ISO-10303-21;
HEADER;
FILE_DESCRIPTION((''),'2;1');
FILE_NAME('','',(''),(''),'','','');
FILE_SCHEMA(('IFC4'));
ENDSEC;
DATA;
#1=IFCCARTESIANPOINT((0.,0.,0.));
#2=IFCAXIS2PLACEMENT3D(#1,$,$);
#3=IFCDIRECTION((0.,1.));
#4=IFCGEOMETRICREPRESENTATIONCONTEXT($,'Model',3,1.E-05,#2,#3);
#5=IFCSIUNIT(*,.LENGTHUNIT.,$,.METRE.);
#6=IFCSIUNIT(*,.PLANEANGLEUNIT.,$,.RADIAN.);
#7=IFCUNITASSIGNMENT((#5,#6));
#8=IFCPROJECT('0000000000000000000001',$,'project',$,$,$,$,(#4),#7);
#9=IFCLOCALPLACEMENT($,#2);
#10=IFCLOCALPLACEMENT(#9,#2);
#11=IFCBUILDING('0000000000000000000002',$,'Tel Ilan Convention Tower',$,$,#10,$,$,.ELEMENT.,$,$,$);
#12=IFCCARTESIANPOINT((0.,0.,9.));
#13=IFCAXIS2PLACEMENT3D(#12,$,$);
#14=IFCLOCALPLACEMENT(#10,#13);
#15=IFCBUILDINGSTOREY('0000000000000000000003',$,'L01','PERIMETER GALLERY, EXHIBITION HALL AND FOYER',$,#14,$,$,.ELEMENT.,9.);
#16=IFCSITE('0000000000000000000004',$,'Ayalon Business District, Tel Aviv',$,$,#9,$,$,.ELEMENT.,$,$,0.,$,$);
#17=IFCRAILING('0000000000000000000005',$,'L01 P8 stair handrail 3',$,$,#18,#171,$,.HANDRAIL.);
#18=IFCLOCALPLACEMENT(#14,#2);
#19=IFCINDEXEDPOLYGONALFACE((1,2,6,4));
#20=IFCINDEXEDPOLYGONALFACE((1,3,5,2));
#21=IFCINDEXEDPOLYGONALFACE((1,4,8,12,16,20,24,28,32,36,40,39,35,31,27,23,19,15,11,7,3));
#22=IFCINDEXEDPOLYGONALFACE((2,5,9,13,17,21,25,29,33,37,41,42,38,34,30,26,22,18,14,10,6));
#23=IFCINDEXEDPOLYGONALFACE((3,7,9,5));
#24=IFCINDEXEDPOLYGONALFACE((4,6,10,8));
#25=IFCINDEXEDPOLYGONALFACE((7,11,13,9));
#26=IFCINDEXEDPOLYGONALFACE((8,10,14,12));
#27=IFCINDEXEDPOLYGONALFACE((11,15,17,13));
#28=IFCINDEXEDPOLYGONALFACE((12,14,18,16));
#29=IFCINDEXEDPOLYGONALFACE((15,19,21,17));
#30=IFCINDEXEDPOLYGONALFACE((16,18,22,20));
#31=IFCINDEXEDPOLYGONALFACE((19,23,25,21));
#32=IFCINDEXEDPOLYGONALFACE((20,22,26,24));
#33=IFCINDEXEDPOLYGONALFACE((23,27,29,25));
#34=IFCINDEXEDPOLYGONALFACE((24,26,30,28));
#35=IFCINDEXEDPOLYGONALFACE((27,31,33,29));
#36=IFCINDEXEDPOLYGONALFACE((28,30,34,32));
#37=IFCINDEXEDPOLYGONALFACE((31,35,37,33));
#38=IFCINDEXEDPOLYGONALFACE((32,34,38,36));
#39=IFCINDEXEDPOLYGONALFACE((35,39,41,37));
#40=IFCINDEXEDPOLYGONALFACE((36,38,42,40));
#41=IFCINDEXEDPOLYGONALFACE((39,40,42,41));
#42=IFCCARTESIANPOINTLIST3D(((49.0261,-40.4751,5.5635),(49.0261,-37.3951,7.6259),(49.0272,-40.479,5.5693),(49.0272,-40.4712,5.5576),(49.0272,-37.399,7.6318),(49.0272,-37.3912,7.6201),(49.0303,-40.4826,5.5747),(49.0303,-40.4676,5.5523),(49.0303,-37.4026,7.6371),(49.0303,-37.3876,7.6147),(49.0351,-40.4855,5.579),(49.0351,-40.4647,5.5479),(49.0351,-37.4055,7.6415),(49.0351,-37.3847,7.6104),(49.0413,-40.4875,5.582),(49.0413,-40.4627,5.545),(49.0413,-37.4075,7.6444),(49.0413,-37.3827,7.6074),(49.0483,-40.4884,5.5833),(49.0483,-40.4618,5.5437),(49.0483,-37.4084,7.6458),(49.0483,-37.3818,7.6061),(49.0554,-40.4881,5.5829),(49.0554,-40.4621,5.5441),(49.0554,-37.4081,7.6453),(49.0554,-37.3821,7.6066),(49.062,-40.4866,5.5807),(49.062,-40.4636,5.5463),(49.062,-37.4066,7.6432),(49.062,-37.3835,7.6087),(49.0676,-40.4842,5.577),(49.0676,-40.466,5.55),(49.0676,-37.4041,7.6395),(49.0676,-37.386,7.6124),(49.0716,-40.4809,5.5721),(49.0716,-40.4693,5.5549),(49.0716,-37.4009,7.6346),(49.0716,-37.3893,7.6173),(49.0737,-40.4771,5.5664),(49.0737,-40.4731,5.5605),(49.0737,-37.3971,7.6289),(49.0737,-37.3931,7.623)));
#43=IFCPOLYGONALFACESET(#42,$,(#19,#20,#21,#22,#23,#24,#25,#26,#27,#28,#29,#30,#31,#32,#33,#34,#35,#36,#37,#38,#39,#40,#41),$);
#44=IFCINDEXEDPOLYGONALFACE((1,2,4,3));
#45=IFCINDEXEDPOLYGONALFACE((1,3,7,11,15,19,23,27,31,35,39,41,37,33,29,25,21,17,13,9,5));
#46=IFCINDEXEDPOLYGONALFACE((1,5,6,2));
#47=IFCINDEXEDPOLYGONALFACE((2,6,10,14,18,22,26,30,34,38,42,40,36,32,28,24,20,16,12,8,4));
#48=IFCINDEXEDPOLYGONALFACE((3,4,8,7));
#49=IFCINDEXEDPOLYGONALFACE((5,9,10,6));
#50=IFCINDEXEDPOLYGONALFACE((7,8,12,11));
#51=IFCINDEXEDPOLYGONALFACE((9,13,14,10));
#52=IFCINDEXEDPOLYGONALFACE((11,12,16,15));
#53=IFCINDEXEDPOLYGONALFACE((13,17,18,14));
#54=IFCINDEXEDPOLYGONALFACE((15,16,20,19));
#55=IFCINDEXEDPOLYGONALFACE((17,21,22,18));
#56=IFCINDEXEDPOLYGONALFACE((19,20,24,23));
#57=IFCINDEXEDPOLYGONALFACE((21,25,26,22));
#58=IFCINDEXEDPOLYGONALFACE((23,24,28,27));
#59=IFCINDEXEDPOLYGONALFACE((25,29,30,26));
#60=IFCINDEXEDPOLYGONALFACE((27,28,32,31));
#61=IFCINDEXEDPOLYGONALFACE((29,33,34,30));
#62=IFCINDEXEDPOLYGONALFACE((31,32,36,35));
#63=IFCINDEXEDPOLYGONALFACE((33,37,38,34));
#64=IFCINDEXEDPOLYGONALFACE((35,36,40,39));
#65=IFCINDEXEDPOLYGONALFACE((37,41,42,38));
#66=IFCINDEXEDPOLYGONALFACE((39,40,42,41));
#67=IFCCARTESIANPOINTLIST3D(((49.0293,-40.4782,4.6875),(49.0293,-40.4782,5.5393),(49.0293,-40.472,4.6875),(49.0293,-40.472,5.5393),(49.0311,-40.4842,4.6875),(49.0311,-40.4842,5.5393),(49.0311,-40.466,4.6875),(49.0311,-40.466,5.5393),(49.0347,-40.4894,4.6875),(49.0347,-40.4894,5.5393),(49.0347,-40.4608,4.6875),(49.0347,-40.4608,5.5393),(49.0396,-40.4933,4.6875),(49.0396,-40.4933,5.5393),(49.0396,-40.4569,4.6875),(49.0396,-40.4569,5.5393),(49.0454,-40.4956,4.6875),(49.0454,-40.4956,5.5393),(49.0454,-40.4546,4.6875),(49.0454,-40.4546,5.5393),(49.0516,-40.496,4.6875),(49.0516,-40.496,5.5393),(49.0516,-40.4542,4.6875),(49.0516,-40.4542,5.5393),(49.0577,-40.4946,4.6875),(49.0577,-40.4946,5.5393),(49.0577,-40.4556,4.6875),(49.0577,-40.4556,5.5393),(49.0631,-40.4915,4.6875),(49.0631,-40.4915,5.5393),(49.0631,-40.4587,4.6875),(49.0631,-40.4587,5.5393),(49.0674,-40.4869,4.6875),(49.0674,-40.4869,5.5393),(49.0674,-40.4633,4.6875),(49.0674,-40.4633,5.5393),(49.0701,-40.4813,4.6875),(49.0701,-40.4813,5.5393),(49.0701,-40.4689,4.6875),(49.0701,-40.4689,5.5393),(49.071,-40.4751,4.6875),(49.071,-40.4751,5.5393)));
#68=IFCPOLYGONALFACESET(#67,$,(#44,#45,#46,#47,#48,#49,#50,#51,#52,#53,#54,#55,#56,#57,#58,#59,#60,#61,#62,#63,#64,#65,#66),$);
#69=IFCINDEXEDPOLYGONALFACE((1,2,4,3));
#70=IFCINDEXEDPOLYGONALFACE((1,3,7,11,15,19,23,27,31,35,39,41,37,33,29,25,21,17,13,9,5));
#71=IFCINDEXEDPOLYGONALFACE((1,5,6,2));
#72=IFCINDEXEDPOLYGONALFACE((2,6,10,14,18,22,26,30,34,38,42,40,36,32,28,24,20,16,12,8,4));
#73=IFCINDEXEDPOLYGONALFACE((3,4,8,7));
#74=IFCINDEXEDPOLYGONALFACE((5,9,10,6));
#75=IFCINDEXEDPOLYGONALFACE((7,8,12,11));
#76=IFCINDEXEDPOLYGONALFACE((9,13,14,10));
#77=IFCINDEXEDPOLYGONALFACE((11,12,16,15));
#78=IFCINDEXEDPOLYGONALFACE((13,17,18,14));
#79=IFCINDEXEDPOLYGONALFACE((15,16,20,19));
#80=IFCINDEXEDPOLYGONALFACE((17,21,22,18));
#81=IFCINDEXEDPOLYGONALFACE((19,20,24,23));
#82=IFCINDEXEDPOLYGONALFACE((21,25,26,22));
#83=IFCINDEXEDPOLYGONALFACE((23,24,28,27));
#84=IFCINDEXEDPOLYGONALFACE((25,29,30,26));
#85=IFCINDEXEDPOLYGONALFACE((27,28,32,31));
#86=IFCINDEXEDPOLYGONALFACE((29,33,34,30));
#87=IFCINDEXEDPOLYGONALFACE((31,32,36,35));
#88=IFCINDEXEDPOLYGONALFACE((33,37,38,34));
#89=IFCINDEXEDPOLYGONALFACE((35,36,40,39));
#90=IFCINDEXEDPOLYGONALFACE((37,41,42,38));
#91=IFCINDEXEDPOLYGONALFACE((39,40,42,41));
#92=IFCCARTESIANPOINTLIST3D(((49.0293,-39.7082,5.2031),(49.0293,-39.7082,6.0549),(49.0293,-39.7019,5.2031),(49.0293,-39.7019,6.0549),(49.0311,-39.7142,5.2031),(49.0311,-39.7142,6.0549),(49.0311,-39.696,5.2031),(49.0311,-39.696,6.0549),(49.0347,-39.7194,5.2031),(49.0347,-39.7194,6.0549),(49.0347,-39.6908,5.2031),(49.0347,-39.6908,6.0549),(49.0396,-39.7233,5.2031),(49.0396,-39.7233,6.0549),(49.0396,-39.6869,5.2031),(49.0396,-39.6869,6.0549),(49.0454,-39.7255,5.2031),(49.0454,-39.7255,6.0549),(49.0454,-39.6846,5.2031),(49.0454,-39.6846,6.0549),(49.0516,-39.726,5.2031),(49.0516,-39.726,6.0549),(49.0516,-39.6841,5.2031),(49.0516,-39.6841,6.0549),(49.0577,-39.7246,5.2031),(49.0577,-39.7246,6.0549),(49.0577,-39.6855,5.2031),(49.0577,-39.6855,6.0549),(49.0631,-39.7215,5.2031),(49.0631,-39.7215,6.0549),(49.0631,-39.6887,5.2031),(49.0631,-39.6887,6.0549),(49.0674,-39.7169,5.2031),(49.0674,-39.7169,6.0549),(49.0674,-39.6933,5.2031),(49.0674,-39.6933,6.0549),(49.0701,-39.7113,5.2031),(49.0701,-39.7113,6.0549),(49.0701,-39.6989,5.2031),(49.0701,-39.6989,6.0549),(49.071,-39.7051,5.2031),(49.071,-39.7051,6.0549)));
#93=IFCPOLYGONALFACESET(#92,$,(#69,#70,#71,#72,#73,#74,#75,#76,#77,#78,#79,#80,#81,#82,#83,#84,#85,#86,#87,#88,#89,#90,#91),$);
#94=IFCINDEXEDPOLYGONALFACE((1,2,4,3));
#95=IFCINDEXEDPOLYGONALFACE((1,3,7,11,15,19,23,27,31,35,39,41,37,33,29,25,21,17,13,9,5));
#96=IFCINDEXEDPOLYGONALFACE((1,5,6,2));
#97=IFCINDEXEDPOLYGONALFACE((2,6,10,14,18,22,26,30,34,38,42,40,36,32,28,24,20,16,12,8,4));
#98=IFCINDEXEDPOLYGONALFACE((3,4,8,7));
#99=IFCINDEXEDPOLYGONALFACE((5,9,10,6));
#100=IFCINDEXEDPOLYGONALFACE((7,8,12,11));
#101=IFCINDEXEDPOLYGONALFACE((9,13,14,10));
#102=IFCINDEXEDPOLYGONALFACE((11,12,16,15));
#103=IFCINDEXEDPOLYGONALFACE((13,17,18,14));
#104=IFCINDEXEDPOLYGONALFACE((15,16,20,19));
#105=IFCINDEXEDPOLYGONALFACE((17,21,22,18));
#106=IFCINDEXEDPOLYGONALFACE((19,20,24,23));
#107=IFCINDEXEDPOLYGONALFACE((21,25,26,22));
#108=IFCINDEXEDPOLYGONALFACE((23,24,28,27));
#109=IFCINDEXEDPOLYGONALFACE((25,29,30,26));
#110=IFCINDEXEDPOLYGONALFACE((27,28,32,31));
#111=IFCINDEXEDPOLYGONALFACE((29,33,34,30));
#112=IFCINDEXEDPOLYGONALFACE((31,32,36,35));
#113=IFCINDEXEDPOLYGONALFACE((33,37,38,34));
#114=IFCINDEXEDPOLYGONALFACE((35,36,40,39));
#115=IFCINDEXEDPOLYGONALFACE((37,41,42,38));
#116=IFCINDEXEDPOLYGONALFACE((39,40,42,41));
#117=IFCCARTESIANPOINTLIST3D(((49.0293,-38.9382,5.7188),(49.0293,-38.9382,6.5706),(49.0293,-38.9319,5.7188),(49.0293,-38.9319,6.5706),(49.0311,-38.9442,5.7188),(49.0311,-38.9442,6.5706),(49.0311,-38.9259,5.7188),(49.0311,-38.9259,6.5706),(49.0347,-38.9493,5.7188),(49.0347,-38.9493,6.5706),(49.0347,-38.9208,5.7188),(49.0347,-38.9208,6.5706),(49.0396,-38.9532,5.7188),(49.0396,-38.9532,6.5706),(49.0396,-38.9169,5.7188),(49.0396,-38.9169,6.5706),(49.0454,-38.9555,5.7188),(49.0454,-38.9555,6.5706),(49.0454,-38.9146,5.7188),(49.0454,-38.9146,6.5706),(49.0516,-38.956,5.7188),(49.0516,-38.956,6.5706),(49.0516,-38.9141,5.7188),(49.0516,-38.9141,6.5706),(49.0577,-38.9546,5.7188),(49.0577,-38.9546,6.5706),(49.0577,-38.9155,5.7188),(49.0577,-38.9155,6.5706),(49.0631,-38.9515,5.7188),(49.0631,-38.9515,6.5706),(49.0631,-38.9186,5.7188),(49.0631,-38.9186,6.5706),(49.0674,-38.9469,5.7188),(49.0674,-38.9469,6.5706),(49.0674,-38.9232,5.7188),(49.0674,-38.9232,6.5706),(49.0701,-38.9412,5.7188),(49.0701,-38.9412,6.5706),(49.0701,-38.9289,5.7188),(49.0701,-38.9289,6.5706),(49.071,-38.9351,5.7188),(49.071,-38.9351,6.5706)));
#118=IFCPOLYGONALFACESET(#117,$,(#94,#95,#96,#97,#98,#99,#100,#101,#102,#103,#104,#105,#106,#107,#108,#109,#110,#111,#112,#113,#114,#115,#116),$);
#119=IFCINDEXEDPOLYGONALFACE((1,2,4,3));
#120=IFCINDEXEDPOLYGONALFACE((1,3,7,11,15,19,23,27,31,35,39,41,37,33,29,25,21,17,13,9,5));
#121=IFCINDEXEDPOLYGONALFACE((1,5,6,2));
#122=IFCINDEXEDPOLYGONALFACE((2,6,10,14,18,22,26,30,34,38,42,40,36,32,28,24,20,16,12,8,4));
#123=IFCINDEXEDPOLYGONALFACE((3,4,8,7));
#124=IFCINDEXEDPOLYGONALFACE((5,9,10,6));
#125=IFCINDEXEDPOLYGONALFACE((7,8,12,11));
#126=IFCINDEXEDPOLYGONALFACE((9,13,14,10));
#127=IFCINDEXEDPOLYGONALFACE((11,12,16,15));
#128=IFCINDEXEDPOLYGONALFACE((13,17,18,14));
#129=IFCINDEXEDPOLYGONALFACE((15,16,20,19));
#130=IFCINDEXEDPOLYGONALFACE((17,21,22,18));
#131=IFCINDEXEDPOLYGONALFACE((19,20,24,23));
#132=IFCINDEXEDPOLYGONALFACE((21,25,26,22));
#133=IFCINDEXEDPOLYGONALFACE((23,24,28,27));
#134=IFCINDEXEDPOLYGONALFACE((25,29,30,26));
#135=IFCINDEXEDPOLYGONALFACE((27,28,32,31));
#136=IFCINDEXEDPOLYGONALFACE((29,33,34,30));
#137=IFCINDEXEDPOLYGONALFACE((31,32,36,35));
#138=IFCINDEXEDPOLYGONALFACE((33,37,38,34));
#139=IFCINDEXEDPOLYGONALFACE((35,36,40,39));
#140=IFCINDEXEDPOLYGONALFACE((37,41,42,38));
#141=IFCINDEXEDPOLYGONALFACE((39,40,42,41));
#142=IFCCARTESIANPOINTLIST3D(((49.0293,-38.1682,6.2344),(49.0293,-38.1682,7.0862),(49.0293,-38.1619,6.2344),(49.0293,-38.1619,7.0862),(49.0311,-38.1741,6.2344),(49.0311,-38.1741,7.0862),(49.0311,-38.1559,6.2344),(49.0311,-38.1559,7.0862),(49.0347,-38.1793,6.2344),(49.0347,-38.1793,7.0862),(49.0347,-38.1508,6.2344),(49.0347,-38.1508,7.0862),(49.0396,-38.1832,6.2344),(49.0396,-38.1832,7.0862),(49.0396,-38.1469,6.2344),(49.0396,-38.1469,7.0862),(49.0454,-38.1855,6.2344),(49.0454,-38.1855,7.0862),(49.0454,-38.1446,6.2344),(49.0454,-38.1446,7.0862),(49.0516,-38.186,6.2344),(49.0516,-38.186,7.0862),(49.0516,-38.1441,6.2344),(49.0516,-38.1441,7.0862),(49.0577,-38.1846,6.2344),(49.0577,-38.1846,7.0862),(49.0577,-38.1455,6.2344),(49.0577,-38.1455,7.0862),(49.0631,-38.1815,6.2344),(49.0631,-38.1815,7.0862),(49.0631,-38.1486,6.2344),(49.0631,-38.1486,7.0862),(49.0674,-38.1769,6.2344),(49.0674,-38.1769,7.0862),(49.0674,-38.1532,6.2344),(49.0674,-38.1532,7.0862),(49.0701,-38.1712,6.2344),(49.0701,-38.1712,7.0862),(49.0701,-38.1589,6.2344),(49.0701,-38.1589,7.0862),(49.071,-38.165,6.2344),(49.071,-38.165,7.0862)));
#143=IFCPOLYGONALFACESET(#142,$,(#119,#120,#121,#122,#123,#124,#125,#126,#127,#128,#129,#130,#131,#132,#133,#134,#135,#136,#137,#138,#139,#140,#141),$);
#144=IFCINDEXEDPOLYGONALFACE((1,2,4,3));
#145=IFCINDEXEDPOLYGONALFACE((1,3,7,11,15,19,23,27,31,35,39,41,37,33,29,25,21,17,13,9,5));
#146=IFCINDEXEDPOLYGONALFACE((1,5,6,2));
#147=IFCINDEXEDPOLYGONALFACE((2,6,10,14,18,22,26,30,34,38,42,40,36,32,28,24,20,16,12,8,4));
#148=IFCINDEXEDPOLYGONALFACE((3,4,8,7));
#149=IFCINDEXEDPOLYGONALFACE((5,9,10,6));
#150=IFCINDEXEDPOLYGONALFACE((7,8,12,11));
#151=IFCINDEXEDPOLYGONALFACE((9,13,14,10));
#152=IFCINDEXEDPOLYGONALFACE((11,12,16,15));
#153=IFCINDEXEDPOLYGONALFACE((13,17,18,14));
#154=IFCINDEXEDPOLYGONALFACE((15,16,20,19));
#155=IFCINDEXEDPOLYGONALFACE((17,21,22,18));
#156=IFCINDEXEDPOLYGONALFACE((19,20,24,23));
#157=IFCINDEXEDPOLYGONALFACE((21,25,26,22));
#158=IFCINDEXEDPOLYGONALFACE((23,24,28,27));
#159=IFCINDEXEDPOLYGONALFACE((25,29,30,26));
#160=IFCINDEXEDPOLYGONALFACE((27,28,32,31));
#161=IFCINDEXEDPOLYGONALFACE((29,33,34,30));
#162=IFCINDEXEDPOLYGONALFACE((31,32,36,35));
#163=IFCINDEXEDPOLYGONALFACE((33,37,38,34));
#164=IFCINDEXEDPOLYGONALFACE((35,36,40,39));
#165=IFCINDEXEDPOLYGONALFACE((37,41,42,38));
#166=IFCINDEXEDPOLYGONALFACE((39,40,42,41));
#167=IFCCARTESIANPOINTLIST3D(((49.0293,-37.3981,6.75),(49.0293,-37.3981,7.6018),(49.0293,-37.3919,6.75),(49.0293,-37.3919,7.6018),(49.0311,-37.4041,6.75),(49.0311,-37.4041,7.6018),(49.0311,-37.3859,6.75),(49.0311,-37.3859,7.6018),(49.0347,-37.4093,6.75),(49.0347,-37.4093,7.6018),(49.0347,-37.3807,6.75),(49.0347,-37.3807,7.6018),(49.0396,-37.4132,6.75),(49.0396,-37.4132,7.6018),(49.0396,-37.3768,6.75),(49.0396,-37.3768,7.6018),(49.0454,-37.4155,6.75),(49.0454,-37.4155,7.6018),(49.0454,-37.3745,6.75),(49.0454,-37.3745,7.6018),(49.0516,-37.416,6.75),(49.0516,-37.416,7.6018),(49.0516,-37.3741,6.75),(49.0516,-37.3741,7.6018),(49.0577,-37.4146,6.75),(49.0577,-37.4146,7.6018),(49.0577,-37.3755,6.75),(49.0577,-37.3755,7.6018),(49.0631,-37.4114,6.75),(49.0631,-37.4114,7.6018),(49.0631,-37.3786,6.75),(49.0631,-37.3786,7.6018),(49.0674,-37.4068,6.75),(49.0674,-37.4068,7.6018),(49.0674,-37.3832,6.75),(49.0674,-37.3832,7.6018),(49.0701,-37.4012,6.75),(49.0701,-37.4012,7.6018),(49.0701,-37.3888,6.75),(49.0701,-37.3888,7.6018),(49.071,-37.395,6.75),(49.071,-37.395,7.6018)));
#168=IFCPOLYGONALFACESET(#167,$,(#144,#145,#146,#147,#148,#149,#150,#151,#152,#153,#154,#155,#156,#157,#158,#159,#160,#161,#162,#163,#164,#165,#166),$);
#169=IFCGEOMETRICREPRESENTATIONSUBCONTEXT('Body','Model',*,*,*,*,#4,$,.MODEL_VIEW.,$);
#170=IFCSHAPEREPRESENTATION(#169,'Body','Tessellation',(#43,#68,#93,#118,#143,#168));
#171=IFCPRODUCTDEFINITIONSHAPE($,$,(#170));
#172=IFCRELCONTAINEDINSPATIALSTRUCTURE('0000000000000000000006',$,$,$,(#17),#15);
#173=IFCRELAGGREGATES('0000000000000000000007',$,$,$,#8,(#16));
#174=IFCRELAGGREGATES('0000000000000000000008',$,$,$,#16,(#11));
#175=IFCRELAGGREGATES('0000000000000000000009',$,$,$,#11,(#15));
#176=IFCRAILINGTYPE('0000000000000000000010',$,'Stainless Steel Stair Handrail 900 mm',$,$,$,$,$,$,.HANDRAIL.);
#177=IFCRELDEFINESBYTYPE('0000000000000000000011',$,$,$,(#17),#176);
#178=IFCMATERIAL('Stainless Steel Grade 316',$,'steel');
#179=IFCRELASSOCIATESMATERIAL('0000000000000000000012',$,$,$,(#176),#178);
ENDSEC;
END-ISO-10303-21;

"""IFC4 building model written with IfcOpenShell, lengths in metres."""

from ifc_helpers import new_model, si_unit, direction, frame, origin, origin_2d, place, context, subcontext, project, spatial, circle, extrude, material, type_object, element, save


model = new_model("IFC4")

# Units and contexts
model_context = context("Model", 3, precision=1e-05, world=origin(), true_north=direction((0.0, 1.0)))
body_context = subcontext(model_context, "Body", "Model", "MODEL_VIEW")
ifc_project = project(units=[si_unit("LENGTHUNIT", "METRE"), si_unit("PLANEANGLEUNIT", "RADIAN")], contexts=[model_context])

# Site, building, storey
site_placement = place(None, origin())
site = spatial("IfcSite", under=ifc_project, at=site_placement, Name="Ayalon Business District, Tel Aviv", CompositionType="ELEMENT", RefElevation=0.0)
building_placement = place(site_placement, origin())
building = spatial("IfcBuilding", under=site, at=building_placement, Name="Tel Ilan Convention Tower", CompositionType="ELEMENT")
storey_placement = place(building_placement, frame((0.0, 0.0, 9.0)))
storey = spatial("IfcBuildingStorey", under=building, at=storey_placement, Name="L01", Description="PERIMETER GALLERY, EXHIBITION HALL AND FOYER", CompositionType="ELEMENT", Elevation=9.0)

# Railing
ifc_material_1 = material(Name="Stainless Steel Grade 316", Category="steel")
railing_type_1 = type_object("IfcRailingType", Name="Stainless Steel Stair Handrail 900 mm", PredefinedType="HANDRAIL", material=ifc_material_1)
railing_1_placement = place(storey_placement, frame((49.05, -40.4751, 4.6875)))
element("IfcRailing", 1, at=railing_1_placement, inside=storey, type_object=railing_type_1, Name="L01 P8 stair handrail 3", PredefinedType="HANDRAIL", context=body_context, shape_type="SweptSolid", body=[
    extrude(circle(Radius=0.0239, at=origin_2d()), frame((0.0, 0.0, 0.876), z_axis=(0.0, 0.830914, 0.556401), x_axis=(-1.0, 0.0, 0.0)), (0.0, 0.0, 1.0), 3.7068),
    extrude(circle(Radius=0.021, at=origin_2d()), origin(), (0.0, 0.0, 1.0), 0.8518),
    extrude(circle(Radius=0.021, at=origin_2d()), frame((0.0, 0.77, 0.5156)), (0.0, 0.0, 1.0), 0.8518),
    extrude(circle(Radius=0.021, at=origin_2d()), frame((0.0, 1.54, 1.0312)), (0.0, 0.0, 1.0), 0.8518),
    extrude(circle(Radius=0.021, at=origin_2d()), frame((0.0, 2.3101, 1.5469)), (0.0, 0.0, 1.0), 0.8518),
    extrude(circle(Radius=0.021, at=origin_2d()), frame((0.0, 3.0801, 2.0625)), (0.0, 0.0, 1.0), 0.8518),
])

save(model, "model.ifc")
